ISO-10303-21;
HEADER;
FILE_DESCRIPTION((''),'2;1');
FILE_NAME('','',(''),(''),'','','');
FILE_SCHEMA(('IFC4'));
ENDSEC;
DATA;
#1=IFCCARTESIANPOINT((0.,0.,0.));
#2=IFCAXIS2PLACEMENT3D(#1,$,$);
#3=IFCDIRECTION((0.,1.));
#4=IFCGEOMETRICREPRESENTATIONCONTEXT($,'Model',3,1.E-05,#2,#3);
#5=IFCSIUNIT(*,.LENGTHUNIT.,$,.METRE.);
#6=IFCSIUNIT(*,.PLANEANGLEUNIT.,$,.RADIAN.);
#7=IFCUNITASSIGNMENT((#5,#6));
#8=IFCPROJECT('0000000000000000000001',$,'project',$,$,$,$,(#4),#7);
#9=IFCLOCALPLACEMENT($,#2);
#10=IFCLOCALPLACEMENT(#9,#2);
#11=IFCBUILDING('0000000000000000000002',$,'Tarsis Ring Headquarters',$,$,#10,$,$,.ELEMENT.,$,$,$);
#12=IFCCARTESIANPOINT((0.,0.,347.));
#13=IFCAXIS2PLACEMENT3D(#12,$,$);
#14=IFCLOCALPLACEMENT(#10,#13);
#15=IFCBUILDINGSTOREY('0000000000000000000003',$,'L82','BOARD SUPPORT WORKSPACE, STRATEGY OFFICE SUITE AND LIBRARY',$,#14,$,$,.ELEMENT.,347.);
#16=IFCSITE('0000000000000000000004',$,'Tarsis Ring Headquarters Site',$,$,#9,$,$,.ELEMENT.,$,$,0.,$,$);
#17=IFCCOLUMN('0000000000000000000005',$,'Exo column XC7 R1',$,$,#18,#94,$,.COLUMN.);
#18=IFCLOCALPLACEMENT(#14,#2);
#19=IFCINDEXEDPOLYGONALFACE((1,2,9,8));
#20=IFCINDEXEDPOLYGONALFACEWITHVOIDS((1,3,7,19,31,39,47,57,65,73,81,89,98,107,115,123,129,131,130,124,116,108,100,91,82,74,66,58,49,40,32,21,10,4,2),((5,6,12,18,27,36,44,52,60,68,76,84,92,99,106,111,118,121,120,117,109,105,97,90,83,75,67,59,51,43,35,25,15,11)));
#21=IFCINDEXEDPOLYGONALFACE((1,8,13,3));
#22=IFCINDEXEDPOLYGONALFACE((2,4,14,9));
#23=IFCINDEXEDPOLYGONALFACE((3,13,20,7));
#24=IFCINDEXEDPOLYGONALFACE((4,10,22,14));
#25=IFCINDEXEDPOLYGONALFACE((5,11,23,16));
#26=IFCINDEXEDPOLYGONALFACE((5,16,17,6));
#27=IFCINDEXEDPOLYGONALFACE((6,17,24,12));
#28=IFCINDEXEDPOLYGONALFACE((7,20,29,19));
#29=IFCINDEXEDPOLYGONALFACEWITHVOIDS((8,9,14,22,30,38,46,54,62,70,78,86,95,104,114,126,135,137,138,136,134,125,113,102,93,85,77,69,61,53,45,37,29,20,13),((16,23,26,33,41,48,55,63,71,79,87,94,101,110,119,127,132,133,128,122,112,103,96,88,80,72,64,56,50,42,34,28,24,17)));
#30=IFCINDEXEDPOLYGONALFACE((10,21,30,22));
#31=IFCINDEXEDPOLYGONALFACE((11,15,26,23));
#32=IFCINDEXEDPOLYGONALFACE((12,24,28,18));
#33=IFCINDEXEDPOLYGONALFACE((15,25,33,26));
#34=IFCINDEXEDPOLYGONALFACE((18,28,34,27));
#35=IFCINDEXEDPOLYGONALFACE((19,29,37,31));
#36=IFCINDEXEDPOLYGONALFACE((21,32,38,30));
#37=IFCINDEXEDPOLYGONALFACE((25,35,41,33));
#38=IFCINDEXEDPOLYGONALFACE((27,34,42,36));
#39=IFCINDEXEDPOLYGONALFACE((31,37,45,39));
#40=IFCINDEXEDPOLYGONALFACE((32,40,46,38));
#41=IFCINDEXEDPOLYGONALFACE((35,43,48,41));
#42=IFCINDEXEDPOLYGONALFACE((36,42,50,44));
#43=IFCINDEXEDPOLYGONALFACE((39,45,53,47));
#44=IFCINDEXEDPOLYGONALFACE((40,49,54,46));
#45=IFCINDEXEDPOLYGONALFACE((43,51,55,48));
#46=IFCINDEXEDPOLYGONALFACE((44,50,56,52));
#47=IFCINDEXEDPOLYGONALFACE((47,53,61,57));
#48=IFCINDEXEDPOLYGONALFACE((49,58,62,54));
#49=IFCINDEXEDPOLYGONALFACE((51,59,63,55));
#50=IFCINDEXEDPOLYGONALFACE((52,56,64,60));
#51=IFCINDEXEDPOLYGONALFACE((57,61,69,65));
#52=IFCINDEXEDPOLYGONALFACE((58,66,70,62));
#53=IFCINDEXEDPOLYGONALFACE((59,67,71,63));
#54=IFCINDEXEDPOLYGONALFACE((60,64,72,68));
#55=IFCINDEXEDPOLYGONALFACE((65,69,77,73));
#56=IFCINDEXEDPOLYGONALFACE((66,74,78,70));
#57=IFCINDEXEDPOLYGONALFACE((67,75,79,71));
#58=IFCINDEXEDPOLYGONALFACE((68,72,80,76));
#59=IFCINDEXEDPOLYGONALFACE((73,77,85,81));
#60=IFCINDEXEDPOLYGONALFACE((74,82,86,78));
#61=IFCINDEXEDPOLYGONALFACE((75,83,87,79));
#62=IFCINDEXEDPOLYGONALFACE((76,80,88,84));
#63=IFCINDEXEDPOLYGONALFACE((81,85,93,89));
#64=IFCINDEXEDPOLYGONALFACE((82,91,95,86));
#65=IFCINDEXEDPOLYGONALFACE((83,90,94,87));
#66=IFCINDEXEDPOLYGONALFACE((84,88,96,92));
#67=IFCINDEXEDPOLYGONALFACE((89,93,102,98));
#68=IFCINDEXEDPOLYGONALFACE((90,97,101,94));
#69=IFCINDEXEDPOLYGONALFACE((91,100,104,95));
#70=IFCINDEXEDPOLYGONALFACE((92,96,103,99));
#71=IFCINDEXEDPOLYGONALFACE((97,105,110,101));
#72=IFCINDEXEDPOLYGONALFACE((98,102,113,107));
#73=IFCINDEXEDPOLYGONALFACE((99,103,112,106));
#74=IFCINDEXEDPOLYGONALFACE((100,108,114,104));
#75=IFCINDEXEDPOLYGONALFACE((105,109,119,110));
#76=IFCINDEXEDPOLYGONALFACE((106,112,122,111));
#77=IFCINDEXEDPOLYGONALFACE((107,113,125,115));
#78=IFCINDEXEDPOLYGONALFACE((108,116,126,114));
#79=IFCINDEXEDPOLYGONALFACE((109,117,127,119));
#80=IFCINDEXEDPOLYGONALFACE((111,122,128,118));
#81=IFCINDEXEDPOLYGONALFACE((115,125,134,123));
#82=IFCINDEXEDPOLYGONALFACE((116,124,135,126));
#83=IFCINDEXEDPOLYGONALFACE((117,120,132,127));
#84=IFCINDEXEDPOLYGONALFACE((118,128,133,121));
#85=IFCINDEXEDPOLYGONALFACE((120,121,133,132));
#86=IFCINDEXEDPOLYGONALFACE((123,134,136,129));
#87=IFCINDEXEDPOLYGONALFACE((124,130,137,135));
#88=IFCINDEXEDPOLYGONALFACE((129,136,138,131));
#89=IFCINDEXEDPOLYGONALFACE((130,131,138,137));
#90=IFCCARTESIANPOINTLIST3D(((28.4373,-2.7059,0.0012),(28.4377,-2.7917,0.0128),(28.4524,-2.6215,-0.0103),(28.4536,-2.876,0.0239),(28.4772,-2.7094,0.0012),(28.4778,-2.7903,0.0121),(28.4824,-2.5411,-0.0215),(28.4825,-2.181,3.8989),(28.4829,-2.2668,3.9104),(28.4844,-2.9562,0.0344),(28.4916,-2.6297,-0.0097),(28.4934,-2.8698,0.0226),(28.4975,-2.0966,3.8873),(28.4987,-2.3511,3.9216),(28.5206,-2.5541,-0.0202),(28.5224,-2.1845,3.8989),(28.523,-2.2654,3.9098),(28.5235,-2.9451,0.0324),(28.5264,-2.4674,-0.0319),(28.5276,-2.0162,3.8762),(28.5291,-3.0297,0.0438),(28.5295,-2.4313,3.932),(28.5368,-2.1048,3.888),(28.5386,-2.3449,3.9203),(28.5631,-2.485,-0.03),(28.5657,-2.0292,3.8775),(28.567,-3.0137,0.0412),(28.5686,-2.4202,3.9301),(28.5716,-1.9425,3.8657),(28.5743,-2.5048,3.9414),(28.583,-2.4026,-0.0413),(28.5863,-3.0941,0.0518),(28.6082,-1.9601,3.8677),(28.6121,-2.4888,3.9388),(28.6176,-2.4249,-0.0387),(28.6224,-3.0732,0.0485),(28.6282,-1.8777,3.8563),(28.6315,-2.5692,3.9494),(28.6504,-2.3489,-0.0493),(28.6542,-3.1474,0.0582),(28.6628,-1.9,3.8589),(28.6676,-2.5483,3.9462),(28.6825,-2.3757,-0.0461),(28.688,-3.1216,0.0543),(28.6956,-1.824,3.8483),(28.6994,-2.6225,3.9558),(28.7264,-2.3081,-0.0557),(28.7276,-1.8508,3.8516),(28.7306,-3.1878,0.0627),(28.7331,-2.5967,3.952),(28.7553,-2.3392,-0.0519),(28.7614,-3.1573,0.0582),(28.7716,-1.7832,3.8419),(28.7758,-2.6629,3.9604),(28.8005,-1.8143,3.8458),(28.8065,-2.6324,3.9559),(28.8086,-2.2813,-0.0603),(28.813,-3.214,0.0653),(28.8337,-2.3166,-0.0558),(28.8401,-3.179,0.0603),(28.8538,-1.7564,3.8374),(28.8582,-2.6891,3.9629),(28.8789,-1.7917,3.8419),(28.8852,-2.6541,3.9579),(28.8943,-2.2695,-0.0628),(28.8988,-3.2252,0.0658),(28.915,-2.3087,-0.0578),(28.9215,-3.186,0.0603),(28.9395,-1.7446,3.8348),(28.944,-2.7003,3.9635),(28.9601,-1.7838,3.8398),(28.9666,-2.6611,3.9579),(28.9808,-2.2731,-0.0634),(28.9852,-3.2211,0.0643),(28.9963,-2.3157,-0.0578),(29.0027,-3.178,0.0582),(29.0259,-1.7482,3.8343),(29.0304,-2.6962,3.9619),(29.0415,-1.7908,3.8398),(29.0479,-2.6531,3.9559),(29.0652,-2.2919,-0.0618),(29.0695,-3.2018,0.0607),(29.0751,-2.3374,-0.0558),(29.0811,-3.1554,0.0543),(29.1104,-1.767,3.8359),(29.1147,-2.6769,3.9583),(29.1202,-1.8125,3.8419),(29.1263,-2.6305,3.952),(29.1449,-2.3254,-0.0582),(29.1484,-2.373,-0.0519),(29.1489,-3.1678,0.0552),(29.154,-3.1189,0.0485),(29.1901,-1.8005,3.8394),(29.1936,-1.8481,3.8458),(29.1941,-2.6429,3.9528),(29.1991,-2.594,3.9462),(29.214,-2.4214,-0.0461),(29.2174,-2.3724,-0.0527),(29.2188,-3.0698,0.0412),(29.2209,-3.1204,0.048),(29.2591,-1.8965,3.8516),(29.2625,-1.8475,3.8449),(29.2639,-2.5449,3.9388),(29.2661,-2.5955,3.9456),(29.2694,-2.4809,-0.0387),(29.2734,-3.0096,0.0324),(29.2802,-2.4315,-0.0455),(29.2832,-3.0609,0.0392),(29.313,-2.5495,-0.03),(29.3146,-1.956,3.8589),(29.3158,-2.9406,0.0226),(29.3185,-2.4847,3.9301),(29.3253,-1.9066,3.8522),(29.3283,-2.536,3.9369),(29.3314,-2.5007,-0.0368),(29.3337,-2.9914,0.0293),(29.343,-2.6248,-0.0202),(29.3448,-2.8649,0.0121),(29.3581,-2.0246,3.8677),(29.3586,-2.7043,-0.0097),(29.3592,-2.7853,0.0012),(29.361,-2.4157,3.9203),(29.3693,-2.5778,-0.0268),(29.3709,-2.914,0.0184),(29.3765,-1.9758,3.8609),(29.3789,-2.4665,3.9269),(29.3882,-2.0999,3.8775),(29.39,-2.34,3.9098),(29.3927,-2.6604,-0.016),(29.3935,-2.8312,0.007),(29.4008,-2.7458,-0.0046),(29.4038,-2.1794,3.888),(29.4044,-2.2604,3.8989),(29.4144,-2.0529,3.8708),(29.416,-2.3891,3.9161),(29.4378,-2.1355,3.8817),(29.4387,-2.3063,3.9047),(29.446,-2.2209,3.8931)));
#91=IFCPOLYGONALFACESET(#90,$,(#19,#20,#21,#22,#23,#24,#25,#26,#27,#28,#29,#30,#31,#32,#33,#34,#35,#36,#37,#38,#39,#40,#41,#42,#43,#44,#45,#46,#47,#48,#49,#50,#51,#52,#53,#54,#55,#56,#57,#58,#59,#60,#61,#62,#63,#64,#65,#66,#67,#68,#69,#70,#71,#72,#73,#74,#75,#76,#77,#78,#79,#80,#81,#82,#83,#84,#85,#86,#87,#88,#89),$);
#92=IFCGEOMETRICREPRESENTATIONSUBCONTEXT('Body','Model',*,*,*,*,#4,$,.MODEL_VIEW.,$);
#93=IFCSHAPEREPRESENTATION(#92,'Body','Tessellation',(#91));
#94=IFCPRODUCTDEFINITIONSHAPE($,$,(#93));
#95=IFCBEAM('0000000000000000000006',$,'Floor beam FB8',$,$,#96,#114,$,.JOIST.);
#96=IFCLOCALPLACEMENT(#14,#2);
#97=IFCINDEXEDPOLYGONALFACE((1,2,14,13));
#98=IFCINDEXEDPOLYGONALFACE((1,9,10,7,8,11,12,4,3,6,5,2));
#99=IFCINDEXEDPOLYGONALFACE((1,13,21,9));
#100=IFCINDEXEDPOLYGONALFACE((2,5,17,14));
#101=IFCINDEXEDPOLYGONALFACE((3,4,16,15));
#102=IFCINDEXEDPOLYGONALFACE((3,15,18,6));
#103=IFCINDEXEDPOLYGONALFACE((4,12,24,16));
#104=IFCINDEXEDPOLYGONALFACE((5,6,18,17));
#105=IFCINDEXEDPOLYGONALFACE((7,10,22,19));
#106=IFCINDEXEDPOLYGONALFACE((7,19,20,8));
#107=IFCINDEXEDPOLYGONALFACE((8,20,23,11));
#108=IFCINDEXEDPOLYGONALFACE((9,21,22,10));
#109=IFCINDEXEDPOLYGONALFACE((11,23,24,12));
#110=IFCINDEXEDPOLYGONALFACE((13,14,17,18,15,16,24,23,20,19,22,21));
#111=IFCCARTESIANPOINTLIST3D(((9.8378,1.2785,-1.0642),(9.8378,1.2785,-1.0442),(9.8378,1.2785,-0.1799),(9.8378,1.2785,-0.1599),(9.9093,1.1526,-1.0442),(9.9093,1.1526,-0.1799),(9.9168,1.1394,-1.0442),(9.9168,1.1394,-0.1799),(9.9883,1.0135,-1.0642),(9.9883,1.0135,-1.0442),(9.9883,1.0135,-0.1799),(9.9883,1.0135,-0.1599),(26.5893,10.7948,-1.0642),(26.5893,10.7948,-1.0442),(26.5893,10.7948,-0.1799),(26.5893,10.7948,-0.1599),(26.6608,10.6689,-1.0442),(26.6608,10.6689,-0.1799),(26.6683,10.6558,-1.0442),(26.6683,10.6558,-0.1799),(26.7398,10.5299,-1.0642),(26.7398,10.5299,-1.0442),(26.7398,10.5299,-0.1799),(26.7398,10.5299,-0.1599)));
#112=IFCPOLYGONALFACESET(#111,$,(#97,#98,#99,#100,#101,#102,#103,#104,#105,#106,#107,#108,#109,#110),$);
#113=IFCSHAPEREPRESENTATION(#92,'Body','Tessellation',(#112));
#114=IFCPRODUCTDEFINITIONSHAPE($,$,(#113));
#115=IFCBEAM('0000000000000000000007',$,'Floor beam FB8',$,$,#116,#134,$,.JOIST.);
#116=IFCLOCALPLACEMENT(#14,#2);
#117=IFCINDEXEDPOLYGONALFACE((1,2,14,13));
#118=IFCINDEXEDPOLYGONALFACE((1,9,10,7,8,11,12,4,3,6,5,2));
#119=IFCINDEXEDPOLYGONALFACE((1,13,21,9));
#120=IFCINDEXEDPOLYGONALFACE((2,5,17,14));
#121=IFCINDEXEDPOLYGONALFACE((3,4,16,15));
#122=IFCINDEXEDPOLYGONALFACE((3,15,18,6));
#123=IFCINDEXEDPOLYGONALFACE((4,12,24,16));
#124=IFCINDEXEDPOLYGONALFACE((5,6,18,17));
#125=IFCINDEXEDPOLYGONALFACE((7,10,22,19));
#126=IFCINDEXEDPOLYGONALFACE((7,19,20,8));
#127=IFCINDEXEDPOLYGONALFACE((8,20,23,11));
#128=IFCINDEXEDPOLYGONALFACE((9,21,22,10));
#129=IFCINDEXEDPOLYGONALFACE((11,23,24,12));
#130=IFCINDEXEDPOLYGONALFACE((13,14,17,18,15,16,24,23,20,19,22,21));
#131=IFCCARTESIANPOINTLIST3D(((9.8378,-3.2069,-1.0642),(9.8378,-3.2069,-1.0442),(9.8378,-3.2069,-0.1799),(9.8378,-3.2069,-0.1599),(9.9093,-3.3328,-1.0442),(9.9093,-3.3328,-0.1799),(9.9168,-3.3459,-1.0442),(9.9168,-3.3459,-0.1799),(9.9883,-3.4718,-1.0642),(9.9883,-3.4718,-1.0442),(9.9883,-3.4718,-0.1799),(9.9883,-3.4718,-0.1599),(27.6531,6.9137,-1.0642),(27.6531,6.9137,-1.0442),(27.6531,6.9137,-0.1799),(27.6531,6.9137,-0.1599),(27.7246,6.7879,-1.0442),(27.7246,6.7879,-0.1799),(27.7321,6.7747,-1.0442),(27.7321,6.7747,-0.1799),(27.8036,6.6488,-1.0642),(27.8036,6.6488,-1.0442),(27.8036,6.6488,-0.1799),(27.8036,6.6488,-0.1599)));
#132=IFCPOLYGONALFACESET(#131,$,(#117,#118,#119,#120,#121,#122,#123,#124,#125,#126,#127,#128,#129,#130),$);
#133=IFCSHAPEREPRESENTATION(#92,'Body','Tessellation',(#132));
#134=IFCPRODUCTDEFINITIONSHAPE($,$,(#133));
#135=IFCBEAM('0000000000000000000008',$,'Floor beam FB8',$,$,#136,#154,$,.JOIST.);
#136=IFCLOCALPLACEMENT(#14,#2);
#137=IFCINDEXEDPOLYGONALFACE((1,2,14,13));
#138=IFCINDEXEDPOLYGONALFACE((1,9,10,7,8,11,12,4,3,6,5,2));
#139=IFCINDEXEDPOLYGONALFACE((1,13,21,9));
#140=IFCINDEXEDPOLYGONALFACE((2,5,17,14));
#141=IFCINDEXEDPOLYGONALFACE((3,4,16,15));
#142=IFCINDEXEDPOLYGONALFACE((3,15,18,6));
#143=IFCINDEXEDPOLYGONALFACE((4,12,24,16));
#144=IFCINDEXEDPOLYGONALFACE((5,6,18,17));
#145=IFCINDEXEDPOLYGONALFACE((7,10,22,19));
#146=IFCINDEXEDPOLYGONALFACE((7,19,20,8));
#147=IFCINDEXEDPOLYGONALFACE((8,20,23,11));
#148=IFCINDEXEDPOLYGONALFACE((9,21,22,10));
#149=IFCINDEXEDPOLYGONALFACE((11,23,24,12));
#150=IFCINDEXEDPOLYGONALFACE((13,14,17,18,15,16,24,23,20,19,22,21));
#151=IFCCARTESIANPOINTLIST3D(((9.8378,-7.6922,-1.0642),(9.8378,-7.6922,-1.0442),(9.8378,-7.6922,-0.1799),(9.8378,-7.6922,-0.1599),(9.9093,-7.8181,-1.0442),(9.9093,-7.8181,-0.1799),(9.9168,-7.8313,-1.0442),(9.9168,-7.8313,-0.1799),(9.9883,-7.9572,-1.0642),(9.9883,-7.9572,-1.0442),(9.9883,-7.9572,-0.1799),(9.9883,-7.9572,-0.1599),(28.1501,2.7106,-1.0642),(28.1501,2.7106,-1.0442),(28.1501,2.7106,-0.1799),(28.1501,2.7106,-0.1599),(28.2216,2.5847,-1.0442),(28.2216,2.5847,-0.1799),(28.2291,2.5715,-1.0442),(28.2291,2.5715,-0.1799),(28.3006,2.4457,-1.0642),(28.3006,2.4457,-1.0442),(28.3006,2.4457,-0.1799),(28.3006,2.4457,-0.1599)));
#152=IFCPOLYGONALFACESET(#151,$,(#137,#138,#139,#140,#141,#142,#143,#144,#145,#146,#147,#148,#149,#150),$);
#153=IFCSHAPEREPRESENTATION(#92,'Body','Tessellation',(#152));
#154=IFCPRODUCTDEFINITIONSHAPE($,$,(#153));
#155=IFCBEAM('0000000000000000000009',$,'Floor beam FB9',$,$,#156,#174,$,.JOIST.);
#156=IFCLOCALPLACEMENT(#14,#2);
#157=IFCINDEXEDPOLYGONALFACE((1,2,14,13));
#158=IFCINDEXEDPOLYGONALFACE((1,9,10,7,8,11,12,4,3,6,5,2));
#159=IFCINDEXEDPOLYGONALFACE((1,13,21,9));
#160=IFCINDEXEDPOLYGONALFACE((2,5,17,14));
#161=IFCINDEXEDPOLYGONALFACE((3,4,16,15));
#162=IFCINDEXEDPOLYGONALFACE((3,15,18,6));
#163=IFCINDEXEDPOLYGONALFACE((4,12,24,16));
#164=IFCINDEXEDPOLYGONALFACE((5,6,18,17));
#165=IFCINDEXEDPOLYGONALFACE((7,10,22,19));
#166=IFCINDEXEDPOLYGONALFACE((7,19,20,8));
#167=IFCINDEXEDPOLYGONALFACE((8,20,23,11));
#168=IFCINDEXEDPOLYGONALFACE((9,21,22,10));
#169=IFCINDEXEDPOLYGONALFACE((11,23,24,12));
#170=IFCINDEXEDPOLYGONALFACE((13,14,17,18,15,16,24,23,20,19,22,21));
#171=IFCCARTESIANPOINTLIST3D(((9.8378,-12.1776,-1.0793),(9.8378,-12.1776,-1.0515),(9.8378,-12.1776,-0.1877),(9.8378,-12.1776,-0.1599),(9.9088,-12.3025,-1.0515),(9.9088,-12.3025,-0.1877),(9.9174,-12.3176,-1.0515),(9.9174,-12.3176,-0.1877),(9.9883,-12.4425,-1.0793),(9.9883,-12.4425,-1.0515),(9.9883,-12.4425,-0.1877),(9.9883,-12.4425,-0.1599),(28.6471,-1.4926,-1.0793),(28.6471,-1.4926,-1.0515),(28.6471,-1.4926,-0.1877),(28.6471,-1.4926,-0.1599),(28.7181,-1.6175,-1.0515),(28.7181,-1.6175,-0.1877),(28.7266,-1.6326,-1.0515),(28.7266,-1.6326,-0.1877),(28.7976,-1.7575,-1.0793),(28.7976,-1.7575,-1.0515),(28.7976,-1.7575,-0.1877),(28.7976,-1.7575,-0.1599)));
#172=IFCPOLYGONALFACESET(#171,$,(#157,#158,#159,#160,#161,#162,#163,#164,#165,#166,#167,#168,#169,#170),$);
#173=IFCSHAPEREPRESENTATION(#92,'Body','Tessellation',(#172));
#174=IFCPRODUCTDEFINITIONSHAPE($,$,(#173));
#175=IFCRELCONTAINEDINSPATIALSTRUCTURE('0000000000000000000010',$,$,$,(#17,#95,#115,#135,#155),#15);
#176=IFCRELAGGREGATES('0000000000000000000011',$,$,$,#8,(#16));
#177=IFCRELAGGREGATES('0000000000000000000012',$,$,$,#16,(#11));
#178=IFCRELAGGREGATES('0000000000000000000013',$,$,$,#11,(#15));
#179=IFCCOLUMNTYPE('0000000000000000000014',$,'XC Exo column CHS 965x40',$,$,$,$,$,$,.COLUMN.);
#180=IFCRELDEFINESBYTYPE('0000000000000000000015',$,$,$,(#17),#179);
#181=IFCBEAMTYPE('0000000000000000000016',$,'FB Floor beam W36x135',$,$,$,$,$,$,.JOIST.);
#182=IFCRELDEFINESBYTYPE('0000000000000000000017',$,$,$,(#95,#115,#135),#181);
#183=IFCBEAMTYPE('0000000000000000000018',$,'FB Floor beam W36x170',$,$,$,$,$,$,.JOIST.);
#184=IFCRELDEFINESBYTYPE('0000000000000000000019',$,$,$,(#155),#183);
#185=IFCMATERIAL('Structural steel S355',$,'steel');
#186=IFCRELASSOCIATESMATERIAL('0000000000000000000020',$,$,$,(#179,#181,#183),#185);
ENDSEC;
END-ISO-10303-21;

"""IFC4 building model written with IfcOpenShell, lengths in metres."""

from ifc_helpers import new_model, si_unit, direction, frame, origin, origin_2d, place, context, subcontext, project, spatial, hollow_circle, i_section, extrude, material, material_profile, profile_set, type_object, element, save


model = new_model("IFC4")

# Units and contexts
model_context = context("Model", 3, precision=1e-05, world=origin(), true_north=direction((0.0, 1.0)))
body_context = subcontext(model_context, "Body", "Model", "MODEL_VIEW")
ifc_project = project(units=[si_unit("LENGTHUNIT", "METRE"), si_unit("PLANEANGLEUNIT", "RADIAN")], contexts=[model_context])

# Site, building, storey
site_placement = place(None, origin())
site = spatial("IfcSite", under=ifc_project, at=site_placement, Name="Tarsis Ring Headquarters Site", CompositionType="ELEMENT", RefElevation=0.0)
building_placement = place(site_placement, origin())
building = spatial("IfcBuilding", under=site, at=building_placement, Name="Tarsis Ring Headquarters", CompositionType="ELEMENT")
storey_placement = place(building_placement, frame((0.0, 0.0, 347.0)))
storey = spatial("IfcBuildingStorey", under=building, at=storey_placement, Name="L82", Description="BOARD SUPPORT WORKSPACE, STRATEGY OFFICE SUITE AND LIBRARY", CompositionType="ELEMENT", Elevation=347.0)

# Column
ifc_material_1 = material(Name="Structural steel S355", Category="steel")
ifc_material_profile_1 = material_profile(ifc_material_1, hollow_circle(Radius=0.4827, WallThickness=0.04, at=origin_2d()), Name="CHS 965x40")
ifc_profile_set_1 = profile_set([ifc_material_profile_1], Name="Structural steel S355")
column_type = type_object("IfcColumnType", Name="XC Exo column CHS 965x40", PredefinedType="COLUMN", material=ifc_profile_set_1)
column_placement = place(storey_placement, frame((28.9182, -2.7473, 0.0012), z_axis=(0.011483, 0.133456, 0.990988), x_axis=(-0.996318, 0.08573, 0.0)))
element("IfcColumn", 1, at=column_placement, inside=storey, type_object=column_type, Name="Exo column XC7 R1", PredefinedType="COLUMN", context=body_context, shape_type="SweptSolid", body=[
    extrude(hollow_circle(Radius=0.4827, WallThickness=0.04, at=origin_2d()), origin(), (0.0, 0.0, 1.0), 3.9331),
])

# Beams
ifc_material_profile_2 = material_profile(ifc_material_1, i_section(OverallWidth=0.3047, OverallDepth=0.9043, WebThickness=0.0151, FlangeThickness=0.02, at=origin_2d()), Name="W36x135")
ifc_profile_set_2 = profile_set([ifc_material_profile_2], Name="Structural steel S355")
beam_type_1 = type_object("IfcBeamType", Name="FB Floor beam W36x135", PredefinedType="JOIST", material=ifc_profile_set_2)
beam_1_placement = place(storey_placement, frame((9.9131, 1.146, -0.6121), z_axis=(0.86949, 0.49395, 0.0), x_axis=(-0.49395, 0.86949, 0.0)))
element("IfcBeam", 2, at=beam_1_placement, inside=storey, type_object=beam_type_1, Name="Floor beam FB8", PredefinedType="JOIST", context=body_context, shape_type="SweptSolid", body=[
    extrude(i_section(OverallWidth=0.3047, OverallDepth=0.9043, WebThickness=0.0151, FlangeThickness=0.02, at=origin_2d()), origin(), (0.0, 0.0, 1.0), 19.2659),
])
beam_2_placement = place(storey_placement, frame((9.9131, -3.3394, -0.6121), z_axis=(0.869491, 0.493948, 0.0), x_axis=(-0.493948, 0.869491, 0.0)))
element("IfcBeam", 3, at=beam_2_placement, inside=storey, type_object=beam_type_1, Name="Floor beam FB8", PredefinedType="JOIST", context=body_context, shape_type="SweptSolid", body=[
    extrude(i_section(OverallWidth=0.3047, OverallDepth=0.9043, WebThickness=0.0151, FlangeThickness=0.02, at=origin_2d()), origin(), (0.0, 0.0, 1.0), 20.4893),
])
beam_3_placement = place(storey_placement, frame((9.9131, -7.8247, -0.6121), z_axis=(0.869494, 0.493943, 0.0), x_axis=(-0.493943, 0.869494, 0.0)))
element("IfcBeam", 4, at=beam_3_placement, inside=storey, type_object=beam_type_1, Name="Floor beam FB8", PredefinedType="JOIST", context=body_context, shape_type="SweptSolid", body=[
    extrude(i_section(OverallWidth=0.3047, OverallDepth=0.9043, WebThickness=0.0151, FlangeThickness=0.02, at=origin_2d()), origin(), (0.0, 0.0, 1.0), 21.0608),
])
ifc_material_profile_3 = material_profile(ifc_material_1, i_section(OverallWidth=0.3047, OverallDepth=0.9194, WebThickness=0.0173, FlangeThickness=0.0278, at=origin_2d()), Name="W36x170")
ifc_profile_set_3 = profile_set([ifc_material_profile_3], Name="Structural steel S355")
beam_type_2 = type_object("IfcBeamType", Name="FB Floor beam W36x170", PredefinedType="JOIST", material=ifc_profile_set_3)
beam_4_placement = place(storey_placement, frame((9.9131, -12.3101, -0.6196), z_axis=(0.869497, 0.493937, 0.0), x_axis=(-0.493937, 0.869497, 0.0)))
element("IfcBeam", 5, at=beam_4_placement, inside=storey, type_object=beam_type_2, Name="Floor beam FB9", PredefinedType="JOIST", context=body_context, shape_type="SweptSolid", body=[
    extrude(i_section(OverallWidth=0.3047, OverallDepth=0.9194, WebThickness=0.0173, FlangeThickness=0.0278, at=origin_2d()), origin(), (0.0, 0.0, 1.0), 21.6323),
])

save(model, "model.ifc")
